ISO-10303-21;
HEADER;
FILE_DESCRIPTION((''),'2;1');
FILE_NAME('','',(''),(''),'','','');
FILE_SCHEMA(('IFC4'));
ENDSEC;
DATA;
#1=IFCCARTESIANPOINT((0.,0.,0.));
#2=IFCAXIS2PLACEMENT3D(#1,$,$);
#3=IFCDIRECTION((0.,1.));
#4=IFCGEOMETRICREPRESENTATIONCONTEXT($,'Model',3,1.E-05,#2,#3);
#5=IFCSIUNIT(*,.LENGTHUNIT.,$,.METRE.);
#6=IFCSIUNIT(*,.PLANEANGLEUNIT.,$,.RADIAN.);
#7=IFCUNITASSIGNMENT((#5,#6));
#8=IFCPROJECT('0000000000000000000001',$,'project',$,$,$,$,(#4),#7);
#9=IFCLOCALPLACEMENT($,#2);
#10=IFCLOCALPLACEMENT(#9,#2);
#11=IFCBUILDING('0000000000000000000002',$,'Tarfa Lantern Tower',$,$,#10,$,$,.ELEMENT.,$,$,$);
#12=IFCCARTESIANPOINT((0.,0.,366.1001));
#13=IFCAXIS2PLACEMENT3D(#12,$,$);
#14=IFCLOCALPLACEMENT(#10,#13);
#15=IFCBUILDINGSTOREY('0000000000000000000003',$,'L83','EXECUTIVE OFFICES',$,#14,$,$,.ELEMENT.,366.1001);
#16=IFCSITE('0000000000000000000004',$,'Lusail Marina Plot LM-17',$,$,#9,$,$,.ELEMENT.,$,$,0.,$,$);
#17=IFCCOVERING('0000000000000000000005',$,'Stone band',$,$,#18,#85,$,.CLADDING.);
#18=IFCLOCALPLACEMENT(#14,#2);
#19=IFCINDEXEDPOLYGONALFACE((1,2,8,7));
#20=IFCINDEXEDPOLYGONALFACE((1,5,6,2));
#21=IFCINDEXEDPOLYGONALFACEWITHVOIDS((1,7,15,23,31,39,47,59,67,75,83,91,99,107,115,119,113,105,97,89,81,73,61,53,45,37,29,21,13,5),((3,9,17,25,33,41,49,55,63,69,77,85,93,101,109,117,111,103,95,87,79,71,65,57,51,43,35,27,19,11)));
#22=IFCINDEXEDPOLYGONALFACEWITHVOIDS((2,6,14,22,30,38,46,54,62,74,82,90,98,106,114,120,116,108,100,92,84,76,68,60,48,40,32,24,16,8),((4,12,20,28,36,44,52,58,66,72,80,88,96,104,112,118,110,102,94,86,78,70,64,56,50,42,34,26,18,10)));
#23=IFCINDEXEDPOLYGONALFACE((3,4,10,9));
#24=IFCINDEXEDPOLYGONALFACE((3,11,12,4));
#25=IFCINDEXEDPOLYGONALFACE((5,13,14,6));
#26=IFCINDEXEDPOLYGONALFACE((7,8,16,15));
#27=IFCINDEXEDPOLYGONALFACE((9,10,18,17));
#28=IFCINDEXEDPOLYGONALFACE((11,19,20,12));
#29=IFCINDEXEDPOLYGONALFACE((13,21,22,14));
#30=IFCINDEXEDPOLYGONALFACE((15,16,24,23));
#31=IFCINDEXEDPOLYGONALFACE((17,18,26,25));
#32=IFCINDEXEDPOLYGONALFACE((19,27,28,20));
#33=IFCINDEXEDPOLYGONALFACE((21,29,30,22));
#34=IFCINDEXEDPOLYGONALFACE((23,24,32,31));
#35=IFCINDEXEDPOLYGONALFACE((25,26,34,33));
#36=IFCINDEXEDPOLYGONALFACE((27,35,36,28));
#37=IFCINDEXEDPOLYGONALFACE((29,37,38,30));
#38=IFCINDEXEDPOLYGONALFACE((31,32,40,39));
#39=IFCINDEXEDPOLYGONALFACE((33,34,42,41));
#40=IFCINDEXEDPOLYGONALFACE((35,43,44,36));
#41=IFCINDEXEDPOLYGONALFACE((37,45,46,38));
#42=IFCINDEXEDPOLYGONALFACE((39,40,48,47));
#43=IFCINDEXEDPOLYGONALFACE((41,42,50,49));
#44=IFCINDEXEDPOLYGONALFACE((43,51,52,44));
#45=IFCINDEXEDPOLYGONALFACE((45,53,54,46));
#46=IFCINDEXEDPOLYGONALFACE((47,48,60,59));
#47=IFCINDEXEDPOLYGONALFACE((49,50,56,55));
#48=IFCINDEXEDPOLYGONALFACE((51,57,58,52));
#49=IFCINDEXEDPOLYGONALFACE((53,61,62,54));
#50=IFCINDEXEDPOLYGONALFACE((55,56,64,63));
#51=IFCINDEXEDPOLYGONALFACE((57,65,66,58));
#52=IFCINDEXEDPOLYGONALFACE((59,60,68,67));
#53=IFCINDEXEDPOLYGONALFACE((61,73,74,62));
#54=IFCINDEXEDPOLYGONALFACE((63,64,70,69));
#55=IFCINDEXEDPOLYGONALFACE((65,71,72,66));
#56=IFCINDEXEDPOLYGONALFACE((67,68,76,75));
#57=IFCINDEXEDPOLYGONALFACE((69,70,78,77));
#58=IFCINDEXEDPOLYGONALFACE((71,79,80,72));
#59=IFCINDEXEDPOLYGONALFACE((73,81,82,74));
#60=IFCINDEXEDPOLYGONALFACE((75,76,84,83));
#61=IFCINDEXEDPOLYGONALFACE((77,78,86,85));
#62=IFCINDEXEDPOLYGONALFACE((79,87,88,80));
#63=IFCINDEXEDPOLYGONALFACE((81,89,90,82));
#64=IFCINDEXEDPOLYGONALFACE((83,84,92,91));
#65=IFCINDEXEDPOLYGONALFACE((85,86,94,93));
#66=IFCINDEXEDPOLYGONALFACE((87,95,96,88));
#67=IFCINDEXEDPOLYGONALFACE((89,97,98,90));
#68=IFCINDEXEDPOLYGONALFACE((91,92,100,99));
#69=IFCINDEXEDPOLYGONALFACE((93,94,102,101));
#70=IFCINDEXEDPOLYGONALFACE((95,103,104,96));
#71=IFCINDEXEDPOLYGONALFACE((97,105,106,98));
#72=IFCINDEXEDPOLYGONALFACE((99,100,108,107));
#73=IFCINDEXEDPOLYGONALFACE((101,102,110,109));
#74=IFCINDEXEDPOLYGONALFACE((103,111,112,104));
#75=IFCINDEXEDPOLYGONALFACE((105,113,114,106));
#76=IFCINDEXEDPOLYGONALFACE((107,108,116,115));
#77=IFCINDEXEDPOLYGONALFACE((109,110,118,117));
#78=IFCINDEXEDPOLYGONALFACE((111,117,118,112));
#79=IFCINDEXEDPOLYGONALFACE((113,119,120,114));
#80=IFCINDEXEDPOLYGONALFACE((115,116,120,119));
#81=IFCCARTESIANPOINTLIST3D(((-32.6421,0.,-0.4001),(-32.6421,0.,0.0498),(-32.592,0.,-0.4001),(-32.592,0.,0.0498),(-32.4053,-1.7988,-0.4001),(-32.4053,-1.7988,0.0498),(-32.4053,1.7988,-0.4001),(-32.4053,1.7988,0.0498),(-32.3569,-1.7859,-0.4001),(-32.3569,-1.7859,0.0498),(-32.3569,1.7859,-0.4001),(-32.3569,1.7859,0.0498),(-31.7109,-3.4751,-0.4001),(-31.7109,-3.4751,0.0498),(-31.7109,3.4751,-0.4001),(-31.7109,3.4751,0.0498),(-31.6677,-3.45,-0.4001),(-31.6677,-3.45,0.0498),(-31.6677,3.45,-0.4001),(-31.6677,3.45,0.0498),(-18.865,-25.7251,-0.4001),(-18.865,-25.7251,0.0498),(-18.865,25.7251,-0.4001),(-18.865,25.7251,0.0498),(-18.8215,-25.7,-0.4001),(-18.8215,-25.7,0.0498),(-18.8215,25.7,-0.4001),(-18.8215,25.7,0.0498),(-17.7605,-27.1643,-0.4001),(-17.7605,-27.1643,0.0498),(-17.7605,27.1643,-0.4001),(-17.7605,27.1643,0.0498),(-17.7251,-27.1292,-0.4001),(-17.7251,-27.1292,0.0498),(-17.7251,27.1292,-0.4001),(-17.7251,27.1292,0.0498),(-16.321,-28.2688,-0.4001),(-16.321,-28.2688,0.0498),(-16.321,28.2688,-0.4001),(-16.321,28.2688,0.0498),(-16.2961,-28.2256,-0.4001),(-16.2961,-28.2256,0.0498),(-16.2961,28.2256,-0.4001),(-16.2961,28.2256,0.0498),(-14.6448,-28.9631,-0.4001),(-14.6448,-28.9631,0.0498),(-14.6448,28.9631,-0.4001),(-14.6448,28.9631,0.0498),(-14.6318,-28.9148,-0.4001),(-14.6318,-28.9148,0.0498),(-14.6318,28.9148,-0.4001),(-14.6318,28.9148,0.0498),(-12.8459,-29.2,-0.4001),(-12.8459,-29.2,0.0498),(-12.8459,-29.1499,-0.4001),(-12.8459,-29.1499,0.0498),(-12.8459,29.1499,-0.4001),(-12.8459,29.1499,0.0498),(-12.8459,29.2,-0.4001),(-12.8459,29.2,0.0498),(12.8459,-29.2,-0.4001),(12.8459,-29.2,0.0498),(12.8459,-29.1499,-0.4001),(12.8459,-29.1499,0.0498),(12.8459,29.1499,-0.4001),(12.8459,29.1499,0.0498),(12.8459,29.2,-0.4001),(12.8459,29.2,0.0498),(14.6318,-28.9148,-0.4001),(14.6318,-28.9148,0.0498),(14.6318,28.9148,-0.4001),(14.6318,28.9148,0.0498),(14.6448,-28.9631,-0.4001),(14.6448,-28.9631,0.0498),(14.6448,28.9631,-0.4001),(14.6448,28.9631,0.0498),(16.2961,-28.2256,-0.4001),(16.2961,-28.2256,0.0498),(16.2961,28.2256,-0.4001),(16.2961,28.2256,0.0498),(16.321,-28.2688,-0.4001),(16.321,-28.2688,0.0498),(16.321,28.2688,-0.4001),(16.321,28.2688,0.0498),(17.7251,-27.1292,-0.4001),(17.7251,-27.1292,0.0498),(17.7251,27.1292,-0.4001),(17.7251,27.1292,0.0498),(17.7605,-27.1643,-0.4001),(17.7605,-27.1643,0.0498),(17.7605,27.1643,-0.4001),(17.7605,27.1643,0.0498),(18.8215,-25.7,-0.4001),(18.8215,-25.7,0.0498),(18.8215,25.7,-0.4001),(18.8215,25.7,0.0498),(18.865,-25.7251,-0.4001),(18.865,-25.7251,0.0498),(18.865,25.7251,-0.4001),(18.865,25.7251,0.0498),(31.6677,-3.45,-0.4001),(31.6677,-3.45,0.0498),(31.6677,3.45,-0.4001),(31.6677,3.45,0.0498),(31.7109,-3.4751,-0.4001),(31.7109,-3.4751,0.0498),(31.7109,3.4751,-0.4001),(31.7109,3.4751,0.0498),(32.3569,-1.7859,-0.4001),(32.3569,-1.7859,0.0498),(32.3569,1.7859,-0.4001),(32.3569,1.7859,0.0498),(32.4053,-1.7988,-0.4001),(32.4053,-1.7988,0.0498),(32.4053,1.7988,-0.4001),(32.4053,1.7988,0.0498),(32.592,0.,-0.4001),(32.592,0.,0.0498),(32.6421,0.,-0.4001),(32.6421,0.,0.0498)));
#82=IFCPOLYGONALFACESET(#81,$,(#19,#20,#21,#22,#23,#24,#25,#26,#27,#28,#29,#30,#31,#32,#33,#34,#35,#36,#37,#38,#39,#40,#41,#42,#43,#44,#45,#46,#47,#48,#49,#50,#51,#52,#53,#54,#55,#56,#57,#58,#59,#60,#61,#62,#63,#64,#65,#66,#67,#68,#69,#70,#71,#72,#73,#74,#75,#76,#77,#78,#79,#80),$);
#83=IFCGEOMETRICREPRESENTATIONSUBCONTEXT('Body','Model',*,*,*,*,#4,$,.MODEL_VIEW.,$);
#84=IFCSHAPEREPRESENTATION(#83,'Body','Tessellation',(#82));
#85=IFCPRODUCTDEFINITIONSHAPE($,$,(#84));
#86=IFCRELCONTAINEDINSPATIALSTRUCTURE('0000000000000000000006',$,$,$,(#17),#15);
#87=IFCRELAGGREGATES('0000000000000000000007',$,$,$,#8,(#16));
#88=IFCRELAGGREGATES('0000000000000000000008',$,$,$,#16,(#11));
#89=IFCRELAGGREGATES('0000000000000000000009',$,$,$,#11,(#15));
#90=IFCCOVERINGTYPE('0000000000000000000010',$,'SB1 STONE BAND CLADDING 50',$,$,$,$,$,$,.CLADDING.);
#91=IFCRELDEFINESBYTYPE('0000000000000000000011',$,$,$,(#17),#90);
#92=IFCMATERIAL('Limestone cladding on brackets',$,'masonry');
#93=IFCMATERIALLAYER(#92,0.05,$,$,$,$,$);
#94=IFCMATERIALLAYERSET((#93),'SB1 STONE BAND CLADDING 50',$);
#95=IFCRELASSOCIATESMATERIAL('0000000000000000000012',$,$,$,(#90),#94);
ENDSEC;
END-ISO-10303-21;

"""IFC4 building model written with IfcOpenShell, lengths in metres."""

from ifc_helpers import new_model, si_unit, direction, frame, origin, place, context, subcontext, project, spatial, polyline, outline, extrude, material, layer, layer_set, type_object, element, save


model = new_model("IFC4")

# Units and contexts
model_context = context("Model", 3, precision=1e-05, world=origin(), true_north=direction((0.0, 1.0)))
body_context = subcontext(model_context, "Body", "Model", "MODEL_VIEW")
ifc_project = project(units=[si_unit("LENGTHUNIT", "METRE"), si_unit("PLANEANGLEUNIT", "RADIAN")], contexts=[model_context])

# Site, building, storey
site_placement = place(None, origin())
site = spatial("IfcSite", under=ifc_project, at=site_placement, Name="Lusail Marina Plot LM-17", CompositionType="ELEMENT", RefElevation=0.0)
building_placement = place(site_placement, origin())
building = spatial("IfcBuilding", under=site, at=building_placement, Name="Tarfa Lantern Tower", CompositionType="ELEMENT")
storey_placement = place(building_placement, frame((0.0, 0.0, 366.1001)))
storey = spatial("IfcBuildingStorey", under=building, at=storey_placement, Name="L83", Description="EXECUTIVE OFFICES", CompositionType="ELEMENT", Elevation=366.1001)

# Covering
ifc_material_1 = material(Name="Limestone cladding on brackets", Category="masonry")
ifc_layer_1 = layer(ifc_material_1, 0.05)
ifc_layer_set_1 = layer_set([ifc_layer_1], Name="SB1 STONE BAND CLADDING 50")
covering_type_1 = type_object("IfcCoveringType", Name="SB1 STONE BAND CLADDING 50", PredefinedType="CLADDING", material=ifc_layer_set_1)
covering_1_placement = place(storey_placement, frame((0.0, 0.0, -0.4001)))
element("IfcCovering", 1, at=covering_1_placement, inside=storey, type_object=covering_type_1, Name="Stone band", PredefinedType="CLADDING", context=body_context, shape_type="SweptSolid", body=[
    extrude(outline(polyline([(31.7109, 3.4751), (18.865, 25.7251), (17.7605, 27.1643), (16.321, 28.2688), (14.6448, 28.9631), (12.8459, 29.2), (-12.8459, 29.2), (-14.6448, 28.9631), (-16.321, 28.2688), (-17.7605, 27.1643), (-18.865, 25.7251), (-31.7109, 3.4751), (-32.4053, 1.7988), (-32.6421, 0.0), (-32.4053, -1.7988), (-31.7109, -3.4751), (-18.865, -25.7251), (-17.7605, -27.1643), (-16.321, -28.2688), (-14.6448, -28.9631), (-12.8459, -29.2), (12.8459, -29.2), (14.6448, -28.9631), (16.321, -28.2688), (17.7605, -27.1643), (18.865, -25.7251), (31.7109, -3.4751), (32.4053, -1.7988), (32.6421, 0.0), (32.4053, 1.7988), (31.7109, 3.4751)]), holes=[polyline([(31.6677, 3.45), (18.8215, 25.7), (17.7251, 27.1292), (16.2961, 28.2256), (14.6318, 28.9148), (12.8459, 29.1499), (-12.8459, 29.1499), (-14.6318, 28.9148), (-16.2961, 28.2256), (-17.7251, 27.1292), (-18.8215, 25.7), (-31.6677, 3.45), (-32.3569, 1.7859), (-32.592, 0.0), (-32.3569, -1.7859), (-31.6677, -3.45), (-18.8215, -25.7), (-17.7251, -27.1292), (-16.2961, -28.2256), (-14.6318, -28.9148), (-12.8459, -29.1499), (12.8459, -29.1499), (14.6318, -28.9148), (16.2961, -28.2256), (17.7251, -27.1292), (18.8215, -25.7), (31.6677, -3.45), (32.3569, -1.7859), (32.592, 0.0), (32.3569, 1.7859), (31.6677, 3.45)])]), origin(), (0.0, 0.0, 1.0), 0.45),
])

save(model, "model.ifc")
